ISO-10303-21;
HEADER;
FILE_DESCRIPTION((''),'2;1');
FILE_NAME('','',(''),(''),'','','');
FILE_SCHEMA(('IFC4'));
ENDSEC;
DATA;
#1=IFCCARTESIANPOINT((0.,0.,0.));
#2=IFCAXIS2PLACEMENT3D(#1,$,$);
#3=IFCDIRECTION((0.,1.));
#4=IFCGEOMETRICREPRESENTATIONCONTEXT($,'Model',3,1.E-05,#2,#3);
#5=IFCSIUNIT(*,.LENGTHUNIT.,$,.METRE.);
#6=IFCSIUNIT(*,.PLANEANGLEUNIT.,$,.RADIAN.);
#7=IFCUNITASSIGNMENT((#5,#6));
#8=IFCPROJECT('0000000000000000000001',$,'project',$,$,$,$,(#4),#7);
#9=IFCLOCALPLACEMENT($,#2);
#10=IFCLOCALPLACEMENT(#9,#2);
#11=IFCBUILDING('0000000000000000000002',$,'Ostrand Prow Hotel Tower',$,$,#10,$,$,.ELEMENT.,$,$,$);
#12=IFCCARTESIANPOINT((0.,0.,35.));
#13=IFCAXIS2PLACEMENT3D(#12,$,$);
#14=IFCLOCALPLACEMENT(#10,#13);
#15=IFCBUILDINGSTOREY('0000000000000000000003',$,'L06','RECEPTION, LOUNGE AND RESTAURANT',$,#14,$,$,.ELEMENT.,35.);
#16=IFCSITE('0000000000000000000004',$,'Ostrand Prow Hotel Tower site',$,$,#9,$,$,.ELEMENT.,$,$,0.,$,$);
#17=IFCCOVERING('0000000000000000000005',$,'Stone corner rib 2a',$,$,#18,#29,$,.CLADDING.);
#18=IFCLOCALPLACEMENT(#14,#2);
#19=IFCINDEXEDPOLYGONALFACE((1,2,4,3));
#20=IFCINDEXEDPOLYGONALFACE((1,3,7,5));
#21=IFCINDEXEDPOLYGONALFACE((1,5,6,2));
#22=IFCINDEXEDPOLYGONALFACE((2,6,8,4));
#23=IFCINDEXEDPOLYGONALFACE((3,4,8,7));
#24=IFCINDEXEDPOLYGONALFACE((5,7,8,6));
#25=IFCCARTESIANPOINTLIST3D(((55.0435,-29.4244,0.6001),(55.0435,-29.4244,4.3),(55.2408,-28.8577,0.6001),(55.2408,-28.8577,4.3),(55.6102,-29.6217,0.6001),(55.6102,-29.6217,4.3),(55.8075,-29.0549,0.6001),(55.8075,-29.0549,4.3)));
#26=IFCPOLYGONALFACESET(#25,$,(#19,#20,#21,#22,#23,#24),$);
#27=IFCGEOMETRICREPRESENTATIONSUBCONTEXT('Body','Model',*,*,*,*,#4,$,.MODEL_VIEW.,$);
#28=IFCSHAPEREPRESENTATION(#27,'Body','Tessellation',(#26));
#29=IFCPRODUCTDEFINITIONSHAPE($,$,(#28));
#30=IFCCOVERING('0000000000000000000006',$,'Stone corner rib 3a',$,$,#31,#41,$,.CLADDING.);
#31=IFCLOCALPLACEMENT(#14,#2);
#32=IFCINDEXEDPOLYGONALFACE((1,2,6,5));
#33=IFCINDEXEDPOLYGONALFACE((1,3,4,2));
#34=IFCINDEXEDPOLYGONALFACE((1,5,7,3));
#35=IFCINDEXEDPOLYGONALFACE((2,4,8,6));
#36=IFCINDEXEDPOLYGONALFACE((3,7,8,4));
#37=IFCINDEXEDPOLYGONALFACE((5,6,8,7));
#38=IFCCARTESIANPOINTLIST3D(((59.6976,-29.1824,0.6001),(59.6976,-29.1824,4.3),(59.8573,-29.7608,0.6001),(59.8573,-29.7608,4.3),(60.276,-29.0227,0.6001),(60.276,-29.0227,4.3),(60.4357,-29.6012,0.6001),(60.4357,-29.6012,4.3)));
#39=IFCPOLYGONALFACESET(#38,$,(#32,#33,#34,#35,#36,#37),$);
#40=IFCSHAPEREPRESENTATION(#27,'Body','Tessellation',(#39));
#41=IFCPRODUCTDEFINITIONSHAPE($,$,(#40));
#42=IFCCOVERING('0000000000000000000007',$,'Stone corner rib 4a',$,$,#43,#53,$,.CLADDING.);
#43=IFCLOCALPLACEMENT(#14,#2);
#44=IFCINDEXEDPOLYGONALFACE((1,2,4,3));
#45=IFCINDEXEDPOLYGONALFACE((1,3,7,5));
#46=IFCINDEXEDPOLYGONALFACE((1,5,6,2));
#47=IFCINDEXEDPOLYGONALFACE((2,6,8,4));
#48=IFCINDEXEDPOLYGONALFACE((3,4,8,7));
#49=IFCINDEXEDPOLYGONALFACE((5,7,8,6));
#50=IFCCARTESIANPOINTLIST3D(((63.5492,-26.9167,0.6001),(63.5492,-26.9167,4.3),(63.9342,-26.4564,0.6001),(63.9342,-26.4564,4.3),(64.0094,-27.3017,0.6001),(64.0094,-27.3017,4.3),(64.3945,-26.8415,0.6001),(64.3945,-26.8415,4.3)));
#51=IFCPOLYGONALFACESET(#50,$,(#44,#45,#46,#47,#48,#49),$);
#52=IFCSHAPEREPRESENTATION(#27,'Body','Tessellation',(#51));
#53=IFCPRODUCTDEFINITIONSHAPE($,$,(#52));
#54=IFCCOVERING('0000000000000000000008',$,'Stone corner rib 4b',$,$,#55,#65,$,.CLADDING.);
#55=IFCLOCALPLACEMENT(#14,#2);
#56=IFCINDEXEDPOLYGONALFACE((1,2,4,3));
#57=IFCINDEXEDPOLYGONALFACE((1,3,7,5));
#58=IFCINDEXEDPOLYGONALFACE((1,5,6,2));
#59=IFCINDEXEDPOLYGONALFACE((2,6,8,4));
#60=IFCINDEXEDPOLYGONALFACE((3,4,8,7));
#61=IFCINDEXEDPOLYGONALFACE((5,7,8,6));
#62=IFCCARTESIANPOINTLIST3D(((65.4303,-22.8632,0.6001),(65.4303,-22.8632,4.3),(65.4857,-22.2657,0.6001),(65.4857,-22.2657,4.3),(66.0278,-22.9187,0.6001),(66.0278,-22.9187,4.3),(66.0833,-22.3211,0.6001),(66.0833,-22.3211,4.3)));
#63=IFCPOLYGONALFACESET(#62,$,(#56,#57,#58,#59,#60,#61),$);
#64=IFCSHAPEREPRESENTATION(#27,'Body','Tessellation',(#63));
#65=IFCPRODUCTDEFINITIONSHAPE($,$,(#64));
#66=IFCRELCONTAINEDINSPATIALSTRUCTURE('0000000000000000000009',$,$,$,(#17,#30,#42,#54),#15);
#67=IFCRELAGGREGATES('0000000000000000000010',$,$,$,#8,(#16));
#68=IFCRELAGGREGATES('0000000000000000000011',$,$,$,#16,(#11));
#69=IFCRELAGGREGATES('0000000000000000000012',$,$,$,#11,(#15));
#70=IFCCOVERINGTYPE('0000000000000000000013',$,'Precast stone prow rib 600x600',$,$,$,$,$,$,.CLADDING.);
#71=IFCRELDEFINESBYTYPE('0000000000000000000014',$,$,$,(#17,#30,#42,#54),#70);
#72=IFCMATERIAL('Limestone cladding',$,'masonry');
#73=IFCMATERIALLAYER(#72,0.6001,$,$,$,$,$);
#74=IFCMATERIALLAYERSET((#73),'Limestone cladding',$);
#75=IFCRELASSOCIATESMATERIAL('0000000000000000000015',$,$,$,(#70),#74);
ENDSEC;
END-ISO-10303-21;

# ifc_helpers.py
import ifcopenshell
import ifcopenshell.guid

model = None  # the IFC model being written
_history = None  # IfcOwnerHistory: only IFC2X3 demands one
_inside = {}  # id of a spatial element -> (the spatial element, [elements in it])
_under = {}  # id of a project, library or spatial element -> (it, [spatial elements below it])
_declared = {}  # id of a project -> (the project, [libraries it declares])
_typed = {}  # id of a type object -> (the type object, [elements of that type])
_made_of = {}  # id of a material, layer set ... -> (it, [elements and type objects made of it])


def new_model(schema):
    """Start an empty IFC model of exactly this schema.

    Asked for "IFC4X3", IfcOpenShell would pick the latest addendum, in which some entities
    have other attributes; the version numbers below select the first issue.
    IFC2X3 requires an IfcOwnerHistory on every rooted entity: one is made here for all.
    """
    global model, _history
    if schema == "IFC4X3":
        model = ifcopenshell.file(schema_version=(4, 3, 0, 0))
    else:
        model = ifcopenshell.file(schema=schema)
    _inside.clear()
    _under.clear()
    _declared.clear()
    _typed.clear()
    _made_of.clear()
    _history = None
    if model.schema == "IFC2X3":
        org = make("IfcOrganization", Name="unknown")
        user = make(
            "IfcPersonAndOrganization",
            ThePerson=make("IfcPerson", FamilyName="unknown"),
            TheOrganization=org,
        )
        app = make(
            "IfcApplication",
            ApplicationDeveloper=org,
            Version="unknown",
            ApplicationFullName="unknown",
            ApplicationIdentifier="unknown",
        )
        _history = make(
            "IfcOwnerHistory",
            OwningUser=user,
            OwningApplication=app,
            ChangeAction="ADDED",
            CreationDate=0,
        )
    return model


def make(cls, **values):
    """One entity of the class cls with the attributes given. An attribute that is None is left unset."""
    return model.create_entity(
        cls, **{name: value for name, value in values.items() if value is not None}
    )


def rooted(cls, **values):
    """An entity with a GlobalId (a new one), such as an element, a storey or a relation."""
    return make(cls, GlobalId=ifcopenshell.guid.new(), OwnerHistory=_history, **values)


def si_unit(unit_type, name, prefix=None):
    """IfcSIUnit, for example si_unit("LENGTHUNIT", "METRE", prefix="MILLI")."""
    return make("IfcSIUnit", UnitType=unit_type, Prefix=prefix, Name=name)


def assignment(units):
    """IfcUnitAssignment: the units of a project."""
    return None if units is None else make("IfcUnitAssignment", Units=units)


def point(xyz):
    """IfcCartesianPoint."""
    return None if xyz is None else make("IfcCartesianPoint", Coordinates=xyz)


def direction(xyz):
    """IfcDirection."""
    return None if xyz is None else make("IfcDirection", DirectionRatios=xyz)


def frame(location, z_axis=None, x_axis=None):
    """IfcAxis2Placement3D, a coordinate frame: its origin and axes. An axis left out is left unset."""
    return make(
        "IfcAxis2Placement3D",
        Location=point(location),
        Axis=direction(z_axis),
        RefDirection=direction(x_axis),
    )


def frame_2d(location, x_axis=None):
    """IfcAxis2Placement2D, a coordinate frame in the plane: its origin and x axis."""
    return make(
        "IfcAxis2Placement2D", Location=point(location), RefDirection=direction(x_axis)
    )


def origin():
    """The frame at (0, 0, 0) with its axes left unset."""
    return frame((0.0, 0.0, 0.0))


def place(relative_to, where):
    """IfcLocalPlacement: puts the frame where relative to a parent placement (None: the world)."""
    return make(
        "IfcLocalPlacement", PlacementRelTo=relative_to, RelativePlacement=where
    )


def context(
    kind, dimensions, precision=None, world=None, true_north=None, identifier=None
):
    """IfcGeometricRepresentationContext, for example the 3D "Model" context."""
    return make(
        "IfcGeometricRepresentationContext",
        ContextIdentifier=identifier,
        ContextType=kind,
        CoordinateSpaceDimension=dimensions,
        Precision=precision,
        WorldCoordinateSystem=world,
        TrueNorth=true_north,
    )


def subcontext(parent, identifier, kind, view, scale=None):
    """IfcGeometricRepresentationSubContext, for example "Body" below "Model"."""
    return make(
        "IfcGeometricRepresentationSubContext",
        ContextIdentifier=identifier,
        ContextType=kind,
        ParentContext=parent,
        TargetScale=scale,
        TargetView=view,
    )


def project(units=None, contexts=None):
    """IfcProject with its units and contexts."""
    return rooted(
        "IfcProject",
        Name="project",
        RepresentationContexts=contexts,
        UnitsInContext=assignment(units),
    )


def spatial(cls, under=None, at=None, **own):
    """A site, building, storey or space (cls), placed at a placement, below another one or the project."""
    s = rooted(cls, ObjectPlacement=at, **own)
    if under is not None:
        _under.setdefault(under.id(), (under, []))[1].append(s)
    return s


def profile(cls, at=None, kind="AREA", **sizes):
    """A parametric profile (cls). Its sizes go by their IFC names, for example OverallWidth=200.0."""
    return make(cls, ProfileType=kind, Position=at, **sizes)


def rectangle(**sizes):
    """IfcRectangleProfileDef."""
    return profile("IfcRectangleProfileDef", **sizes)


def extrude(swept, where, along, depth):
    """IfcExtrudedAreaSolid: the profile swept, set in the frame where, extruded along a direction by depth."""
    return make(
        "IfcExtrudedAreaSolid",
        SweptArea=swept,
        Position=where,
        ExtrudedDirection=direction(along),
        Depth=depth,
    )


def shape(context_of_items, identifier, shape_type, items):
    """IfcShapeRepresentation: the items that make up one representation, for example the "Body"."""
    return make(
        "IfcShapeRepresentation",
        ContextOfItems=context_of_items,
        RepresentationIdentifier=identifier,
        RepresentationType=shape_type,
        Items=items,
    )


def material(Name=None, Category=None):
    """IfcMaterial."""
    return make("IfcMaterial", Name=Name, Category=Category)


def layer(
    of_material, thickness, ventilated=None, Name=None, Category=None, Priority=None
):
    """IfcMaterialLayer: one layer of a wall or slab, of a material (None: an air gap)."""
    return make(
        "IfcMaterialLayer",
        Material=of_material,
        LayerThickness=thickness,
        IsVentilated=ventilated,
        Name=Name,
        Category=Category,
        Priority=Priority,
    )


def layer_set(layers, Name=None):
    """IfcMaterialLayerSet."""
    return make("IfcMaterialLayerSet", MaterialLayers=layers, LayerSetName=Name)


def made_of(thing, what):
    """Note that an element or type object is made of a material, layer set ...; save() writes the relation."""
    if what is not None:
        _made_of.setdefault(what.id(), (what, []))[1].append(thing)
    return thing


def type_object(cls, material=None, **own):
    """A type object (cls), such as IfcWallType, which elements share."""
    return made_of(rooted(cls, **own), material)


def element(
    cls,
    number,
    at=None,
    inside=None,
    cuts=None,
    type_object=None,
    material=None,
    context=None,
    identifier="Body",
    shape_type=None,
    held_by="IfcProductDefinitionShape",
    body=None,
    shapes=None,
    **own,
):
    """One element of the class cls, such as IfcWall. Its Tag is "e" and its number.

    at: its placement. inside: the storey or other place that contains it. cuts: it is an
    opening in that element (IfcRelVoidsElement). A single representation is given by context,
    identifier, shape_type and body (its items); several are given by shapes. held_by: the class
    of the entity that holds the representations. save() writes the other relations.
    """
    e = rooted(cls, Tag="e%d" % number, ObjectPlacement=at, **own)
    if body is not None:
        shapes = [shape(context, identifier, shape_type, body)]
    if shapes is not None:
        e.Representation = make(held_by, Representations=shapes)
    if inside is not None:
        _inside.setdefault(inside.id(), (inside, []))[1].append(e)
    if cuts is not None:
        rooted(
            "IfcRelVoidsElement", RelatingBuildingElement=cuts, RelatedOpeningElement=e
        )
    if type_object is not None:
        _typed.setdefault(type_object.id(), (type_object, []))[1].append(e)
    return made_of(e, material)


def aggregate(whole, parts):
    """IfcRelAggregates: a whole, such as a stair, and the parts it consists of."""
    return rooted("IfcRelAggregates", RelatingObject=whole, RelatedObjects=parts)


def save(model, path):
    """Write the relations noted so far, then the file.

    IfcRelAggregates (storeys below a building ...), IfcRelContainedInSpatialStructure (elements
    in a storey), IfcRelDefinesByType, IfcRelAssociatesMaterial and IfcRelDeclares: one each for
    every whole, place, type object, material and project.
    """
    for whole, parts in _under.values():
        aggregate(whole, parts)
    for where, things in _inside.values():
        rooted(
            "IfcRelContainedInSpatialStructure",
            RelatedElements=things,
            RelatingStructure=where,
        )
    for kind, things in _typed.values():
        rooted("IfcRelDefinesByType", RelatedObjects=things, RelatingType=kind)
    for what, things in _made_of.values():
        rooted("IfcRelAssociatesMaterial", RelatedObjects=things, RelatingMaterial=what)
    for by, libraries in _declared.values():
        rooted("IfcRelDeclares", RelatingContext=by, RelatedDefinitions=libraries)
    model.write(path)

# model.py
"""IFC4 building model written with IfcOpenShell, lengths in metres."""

from ifc_helpers import new_model, si_unit, direction, frame, frame_2d, origin, place, context, subcontext, project, spatial, rectangle, extrude, material, layer, layer_set, type_object, element, save


model = new_model("IFC4")

# Units and contexts
model_context = context("Model", 3, precision=1e-05, world=origin(), true_north=direction((0.0, 1.0)))
body_context = subcontext(model_context, "Body", "Model", "MODEL_VIEW")
ifc_project = project(units=[si_unit("LENGTHUNIT", "METRE"), si_unit("PLANEANGLEUNIT", "RADIAN")], contexts=[model_context])

# Site, building, storey
site_placement = place(None, origin())
site = spatial("IfcSite", under=ifc_project, at=site_placement, Name="Ostrand Prow Hotel Tower site", CompositionType="ELEMENT", RefElevation=0.0)
building_placement = place(site_placement, origin())
building = spatial("IfcBuilding", under=site, at=building_placement, Name="Ostrand Prow Hotel Tower", CompositionType="ELEMENT")
storey_placement = place(building_placement, frame((0.0, 0.0, 35.0)))
storey = spatial("IfcBuildingStorey", under=building, at=storey_placement, Name="L06", Description="RECEPTION, LOUNGE AND RESTAURANT", CompositionType="ELEMENT", Elevation=35.0)

# Coverings
ifc_material_1 = material(Name="Limestone cladding", Category="masonry")
ifc_layer_1 = layer(ifc_material_1, 0.6001)
ifc_layer_set_1 = layer_set([ifc_layer_1], Name="Limestone cladding")
covering_type = type_object("IfcCoveringType", Name="Precast stone prow rib 600x600", PredefinedType="CLADDING", material=ifc_layer_set_1)
for number, where, z_axis, x_axis, name in (
    (1, (55.5242, -28.9563, 0.6001), (0.0, 0.0, 1.0), (-0.328773, -0.944409, 0.0), "Stone corner rib 2a"),
    (2, (59.9868, -29.1025, 0.6001), (0.0, 0.0, 1.0), (0.266112, -0.963942, 0.0), "Stone corner rib 3a"),
    (3, (63.7417, -26.6865, 0.6001), (0.0, 0.0, 1.0), (0.766986, -0.641664, 0.0), "Stone corner rib 4a"),
    (4, (65.458, -22.5645, 0.6001), (0.0, 0.0, 1.0), (0.995725, -0.09237, 0.0), "Stone corner rib 4b"),
):
    element("IfcCovering", number, at=place(storey_placement, frame(where, z_axis=z_axis, x_axis=x_axis)), inside=storey, type_object=covering_type, Name=name, PredefinedType="CLADDING", context=body_context, shape_type="SweptSolid", body=[
        extrude(rectangle(XDim=0.6001, YDim=0.6001, at=frame_2d((0.3, 0.0))), origin(), (0.0, 0.0, 1.0), 3.7),
    ])

save(model, "model.ifc")
